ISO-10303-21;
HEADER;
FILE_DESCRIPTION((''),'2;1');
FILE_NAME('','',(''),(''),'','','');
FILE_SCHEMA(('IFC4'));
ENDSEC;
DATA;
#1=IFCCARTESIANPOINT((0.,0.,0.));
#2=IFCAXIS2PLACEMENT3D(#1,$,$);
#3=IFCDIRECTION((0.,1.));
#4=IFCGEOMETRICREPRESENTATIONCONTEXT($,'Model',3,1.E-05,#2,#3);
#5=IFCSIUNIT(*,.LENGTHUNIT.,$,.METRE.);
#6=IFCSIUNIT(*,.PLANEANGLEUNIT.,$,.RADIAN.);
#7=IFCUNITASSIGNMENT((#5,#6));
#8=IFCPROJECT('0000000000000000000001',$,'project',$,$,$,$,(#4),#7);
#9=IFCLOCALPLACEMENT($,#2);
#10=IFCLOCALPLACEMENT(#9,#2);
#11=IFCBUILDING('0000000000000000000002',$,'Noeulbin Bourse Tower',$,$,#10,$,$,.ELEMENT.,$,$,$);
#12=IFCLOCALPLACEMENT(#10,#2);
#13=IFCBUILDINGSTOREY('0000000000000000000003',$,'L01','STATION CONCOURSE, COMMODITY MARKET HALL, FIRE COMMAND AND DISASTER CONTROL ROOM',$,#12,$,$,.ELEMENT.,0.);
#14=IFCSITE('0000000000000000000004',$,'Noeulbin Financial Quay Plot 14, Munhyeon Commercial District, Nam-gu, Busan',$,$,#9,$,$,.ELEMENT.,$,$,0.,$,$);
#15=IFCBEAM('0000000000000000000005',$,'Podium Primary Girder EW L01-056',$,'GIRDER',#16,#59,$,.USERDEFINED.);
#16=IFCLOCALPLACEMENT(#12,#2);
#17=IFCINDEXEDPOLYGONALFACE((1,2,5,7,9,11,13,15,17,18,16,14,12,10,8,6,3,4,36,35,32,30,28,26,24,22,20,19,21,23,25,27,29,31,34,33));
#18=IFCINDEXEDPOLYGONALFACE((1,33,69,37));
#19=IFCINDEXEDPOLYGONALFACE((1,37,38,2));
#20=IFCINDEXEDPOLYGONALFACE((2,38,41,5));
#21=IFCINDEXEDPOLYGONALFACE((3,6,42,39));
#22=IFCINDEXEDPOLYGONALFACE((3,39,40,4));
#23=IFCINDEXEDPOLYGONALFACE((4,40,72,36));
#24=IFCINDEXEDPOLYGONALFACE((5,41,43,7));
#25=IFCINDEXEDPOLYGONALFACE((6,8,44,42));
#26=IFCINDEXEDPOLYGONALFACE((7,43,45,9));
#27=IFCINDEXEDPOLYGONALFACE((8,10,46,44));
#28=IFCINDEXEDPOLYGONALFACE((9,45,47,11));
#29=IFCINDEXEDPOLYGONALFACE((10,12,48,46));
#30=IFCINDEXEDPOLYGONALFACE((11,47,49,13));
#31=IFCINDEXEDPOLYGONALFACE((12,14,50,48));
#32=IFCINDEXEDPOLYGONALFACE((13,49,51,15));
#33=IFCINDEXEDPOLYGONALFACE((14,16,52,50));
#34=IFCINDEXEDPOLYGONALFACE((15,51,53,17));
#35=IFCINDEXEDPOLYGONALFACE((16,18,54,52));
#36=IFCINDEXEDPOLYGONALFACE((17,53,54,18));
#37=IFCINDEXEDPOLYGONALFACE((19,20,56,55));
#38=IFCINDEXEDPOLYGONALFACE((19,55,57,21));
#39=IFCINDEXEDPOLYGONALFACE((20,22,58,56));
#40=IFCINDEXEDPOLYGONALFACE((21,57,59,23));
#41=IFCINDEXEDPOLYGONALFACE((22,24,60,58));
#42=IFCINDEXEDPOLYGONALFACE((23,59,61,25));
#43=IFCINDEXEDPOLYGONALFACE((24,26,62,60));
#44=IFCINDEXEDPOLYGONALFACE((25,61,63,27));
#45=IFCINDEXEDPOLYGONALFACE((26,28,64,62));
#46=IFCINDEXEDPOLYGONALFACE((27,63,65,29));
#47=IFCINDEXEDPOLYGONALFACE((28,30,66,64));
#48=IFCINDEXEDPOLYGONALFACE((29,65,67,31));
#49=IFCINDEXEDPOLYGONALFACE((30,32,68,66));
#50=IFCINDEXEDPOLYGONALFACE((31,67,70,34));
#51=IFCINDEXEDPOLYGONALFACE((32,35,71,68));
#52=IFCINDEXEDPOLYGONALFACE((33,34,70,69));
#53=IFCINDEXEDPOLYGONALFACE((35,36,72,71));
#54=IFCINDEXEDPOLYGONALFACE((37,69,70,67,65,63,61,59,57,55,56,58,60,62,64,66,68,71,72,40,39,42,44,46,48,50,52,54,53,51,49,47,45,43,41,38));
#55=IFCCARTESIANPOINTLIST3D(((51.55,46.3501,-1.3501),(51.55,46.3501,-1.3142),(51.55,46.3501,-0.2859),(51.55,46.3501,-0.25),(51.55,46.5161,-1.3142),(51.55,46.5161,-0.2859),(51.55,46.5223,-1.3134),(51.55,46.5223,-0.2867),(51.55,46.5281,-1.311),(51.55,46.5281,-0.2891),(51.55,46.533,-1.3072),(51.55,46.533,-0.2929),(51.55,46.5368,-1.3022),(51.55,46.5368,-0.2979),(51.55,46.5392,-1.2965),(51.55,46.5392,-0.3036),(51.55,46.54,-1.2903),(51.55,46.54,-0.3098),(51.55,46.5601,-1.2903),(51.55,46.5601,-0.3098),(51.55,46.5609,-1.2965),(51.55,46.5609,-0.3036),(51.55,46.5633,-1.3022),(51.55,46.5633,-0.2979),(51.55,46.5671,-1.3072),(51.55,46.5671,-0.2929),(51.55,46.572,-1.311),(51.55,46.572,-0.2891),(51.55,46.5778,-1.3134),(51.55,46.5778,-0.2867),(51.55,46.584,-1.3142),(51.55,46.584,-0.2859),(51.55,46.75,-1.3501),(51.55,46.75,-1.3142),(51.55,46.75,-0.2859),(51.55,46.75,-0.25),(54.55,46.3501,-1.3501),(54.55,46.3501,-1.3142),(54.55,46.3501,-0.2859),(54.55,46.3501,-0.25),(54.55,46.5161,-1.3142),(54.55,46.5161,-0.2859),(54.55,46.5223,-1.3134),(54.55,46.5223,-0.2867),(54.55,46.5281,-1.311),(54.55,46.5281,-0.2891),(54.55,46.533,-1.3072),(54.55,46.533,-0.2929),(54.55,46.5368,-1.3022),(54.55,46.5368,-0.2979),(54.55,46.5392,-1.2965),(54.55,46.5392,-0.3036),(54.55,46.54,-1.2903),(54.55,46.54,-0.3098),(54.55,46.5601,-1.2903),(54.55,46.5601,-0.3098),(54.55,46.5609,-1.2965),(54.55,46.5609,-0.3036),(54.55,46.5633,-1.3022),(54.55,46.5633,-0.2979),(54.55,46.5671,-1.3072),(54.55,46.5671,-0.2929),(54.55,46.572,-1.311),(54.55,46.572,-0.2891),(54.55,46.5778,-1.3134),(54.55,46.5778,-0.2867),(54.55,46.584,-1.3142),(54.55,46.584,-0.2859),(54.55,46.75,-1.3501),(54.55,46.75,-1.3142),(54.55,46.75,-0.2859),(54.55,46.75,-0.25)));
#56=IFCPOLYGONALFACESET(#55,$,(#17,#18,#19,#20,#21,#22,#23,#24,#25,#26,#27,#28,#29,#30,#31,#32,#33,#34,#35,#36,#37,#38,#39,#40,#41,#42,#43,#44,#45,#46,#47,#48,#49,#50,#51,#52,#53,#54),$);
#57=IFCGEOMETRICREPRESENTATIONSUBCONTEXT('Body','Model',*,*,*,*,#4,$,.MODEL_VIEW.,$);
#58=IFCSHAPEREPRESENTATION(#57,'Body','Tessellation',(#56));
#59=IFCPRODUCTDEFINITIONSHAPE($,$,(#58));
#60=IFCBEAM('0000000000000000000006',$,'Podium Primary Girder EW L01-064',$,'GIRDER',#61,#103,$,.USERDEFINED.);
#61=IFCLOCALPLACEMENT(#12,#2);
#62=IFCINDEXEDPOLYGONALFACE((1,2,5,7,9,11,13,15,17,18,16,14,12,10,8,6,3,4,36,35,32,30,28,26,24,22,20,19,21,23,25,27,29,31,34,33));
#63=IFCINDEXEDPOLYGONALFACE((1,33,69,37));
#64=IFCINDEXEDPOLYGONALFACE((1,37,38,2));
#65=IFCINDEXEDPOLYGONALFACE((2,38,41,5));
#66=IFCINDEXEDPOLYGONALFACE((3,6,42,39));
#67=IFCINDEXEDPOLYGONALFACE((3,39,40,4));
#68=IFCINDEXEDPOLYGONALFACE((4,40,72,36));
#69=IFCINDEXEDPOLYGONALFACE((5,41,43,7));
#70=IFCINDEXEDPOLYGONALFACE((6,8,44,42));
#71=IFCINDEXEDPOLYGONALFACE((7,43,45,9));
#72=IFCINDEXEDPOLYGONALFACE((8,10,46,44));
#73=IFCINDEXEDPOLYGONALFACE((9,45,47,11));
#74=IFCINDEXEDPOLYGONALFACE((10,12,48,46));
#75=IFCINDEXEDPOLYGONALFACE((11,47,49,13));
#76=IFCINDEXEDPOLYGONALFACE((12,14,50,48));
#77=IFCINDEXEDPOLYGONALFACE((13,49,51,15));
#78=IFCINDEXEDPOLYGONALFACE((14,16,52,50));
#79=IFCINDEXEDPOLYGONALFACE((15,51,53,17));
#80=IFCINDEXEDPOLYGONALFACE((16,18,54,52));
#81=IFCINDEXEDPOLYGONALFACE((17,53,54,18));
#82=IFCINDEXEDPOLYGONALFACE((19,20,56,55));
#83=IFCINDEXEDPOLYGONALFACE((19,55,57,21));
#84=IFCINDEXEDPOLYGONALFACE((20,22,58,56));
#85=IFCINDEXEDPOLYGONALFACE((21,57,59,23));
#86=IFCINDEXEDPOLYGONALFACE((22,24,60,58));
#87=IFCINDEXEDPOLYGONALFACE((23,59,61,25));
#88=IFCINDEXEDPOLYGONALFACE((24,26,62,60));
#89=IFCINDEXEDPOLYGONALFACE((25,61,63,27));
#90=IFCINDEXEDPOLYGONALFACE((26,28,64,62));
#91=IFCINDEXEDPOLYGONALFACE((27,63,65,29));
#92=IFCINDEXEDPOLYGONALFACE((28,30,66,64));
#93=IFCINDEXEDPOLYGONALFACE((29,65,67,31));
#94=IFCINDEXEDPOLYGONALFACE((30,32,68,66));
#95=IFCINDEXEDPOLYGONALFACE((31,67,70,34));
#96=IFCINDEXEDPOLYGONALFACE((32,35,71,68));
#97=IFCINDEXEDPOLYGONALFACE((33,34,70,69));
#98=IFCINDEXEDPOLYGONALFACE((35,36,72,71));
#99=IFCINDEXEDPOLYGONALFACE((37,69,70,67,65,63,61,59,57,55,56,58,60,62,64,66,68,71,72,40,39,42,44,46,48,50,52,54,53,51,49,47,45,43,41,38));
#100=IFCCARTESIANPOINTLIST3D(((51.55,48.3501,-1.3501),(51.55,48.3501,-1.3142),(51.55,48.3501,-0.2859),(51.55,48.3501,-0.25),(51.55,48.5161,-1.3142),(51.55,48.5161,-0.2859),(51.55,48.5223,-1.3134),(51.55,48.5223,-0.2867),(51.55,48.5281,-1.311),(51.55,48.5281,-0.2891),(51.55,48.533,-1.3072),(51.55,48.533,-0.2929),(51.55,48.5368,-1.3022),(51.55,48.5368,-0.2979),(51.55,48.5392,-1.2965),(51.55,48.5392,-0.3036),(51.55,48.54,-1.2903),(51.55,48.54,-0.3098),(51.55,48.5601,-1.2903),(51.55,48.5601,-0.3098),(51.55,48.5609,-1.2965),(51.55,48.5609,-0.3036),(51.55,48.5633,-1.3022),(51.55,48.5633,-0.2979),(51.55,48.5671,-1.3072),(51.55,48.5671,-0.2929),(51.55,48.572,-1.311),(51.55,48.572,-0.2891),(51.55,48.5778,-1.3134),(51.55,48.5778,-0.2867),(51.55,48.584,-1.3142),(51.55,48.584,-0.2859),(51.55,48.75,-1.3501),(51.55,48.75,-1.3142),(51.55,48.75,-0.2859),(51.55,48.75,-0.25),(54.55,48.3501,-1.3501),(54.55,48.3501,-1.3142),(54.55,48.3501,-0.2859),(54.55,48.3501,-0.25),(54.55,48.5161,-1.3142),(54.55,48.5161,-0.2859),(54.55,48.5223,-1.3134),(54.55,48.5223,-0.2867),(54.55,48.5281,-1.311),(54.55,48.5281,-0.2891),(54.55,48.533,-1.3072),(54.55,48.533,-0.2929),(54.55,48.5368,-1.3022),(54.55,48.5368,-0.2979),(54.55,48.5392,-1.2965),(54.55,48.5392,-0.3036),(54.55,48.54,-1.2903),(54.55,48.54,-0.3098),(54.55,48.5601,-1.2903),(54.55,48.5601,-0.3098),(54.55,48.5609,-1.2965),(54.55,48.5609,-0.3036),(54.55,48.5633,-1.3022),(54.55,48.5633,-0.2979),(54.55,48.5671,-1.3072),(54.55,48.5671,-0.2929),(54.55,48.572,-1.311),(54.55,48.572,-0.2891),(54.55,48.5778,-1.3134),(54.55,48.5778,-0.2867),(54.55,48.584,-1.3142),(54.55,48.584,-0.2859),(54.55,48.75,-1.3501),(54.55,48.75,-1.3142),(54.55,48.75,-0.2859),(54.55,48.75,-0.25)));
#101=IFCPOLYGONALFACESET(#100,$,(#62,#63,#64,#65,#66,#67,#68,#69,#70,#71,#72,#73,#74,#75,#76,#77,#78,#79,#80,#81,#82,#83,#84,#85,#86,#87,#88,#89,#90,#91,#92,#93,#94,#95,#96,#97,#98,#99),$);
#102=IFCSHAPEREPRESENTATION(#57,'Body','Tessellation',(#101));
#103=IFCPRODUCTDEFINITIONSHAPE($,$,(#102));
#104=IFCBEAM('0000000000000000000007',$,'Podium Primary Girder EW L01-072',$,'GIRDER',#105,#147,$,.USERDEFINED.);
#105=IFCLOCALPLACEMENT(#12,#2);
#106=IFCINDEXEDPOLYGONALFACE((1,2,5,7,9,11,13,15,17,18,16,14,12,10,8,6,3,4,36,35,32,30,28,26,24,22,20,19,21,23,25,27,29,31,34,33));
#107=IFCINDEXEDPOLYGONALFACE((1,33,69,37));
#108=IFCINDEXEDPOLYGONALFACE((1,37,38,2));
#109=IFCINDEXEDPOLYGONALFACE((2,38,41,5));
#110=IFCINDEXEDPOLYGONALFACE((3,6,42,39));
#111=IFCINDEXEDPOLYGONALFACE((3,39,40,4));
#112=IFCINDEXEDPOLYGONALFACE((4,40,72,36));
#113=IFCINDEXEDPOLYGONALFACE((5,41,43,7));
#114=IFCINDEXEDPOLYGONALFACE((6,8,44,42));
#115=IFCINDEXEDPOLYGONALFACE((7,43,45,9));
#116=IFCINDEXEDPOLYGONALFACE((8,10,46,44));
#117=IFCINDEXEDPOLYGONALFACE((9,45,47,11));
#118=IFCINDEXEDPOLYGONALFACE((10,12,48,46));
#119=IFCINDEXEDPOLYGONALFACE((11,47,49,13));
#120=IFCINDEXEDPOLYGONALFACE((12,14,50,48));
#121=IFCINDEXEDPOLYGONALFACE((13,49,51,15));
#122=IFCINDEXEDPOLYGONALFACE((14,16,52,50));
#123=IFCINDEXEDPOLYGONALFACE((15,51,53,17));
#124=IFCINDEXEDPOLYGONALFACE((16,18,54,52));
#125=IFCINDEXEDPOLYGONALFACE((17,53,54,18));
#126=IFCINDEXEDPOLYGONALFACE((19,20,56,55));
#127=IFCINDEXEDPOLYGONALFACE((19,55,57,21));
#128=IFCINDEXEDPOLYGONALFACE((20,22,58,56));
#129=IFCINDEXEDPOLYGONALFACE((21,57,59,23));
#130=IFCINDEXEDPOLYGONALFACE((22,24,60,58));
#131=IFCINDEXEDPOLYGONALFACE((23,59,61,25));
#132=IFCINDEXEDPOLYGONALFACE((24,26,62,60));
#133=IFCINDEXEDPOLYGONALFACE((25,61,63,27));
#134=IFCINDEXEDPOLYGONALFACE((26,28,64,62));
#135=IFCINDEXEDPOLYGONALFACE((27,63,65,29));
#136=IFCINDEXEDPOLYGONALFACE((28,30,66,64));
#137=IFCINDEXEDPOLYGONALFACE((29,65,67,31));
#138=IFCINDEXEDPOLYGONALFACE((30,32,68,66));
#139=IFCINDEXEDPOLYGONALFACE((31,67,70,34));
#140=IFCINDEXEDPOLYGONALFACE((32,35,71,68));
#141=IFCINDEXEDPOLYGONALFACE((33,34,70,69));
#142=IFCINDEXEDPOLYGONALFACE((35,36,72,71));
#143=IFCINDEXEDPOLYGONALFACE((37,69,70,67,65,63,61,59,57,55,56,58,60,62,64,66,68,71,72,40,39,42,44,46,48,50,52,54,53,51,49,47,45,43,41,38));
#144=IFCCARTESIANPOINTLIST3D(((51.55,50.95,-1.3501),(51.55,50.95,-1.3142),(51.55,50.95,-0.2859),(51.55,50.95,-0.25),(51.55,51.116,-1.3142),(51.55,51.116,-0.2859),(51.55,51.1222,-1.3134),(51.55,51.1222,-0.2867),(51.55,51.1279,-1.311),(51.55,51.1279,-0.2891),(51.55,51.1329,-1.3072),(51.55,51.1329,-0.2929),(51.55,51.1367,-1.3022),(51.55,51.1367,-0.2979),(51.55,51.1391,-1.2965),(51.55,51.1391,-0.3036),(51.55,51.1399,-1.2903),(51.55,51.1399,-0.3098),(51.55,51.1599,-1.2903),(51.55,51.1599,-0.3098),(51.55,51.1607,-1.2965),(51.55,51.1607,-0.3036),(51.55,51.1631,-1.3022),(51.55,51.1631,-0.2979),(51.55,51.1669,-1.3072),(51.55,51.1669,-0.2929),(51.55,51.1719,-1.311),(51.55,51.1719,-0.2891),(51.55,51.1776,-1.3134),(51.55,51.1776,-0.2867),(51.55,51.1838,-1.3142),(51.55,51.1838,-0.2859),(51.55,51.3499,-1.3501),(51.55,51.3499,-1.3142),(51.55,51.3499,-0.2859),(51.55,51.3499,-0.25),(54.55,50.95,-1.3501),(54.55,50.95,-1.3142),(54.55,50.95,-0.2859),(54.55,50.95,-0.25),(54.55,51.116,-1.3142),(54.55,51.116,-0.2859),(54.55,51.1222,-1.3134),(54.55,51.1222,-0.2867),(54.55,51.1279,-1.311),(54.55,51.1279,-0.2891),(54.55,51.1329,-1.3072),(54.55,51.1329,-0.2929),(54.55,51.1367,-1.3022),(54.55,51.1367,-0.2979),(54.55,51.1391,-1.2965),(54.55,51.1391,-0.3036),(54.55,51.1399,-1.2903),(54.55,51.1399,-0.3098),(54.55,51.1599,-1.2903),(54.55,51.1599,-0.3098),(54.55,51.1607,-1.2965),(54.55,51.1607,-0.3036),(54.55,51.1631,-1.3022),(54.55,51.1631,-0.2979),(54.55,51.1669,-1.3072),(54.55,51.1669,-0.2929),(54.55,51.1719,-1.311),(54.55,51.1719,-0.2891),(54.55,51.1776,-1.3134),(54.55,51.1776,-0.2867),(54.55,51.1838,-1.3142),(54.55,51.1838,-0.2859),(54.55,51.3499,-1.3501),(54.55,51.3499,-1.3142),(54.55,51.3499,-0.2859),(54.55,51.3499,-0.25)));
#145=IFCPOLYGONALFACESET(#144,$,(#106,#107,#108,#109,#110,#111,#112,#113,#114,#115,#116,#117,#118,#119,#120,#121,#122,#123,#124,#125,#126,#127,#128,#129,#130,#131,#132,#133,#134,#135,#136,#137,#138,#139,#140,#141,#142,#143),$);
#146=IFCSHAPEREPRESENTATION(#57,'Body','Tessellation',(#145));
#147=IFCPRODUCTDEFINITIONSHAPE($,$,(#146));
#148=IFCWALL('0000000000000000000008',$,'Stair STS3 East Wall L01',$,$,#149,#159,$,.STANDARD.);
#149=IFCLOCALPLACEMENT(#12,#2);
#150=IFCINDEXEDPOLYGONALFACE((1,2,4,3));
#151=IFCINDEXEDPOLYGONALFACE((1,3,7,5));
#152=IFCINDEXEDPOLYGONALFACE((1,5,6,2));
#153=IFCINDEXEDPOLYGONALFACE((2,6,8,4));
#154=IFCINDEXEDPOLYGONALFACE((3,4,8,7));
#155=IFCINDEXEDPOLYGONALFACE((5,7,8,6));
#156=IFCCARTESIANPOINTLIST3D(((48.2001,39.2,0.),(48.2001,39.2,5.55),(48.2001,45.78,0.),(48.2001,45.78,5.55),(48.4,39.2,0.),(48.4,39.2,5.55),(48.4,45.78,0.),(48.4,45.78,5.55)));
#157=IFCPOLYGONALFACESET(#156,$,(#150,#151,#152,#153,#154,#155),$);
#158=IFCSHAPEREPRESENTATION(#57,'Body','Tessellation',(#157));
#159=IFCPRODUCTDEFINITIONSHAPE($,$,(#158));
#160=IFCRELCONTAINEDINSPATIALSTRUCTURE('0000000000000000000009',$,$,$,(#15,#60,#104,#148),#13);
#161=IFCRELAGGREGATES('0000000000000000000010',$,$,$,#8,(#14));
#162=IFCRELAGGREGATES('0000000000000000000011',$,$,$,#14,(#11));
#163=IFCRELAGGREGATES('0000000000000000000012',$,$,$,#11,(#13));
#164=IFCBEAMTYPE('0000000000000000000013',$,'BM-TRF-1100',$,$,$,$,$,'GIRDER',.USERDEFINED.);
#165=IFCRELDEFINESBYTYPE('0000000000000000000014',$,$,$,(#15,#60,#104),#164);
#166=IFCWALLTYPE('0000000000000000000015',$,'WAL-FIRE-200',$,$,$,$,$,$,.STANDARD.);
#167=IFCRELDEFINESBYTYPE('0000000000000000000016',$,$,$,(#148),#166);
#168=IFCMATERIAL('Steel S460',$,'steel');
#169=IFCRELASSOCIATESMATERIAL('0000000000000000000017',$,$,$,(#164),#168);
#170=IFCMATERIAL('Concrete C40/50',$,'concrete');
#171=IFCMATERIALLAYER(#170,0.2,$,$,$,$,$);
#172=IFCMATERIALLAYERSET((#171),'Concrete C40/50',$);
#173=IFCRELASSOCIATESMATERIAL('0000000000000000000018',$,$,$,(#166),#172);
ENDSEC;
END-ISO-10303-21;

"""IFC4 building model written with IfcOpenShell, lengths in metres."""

from ifc_helpers import new_model, si_unit, direction, frame, frame_2d, origin, origin_2d, place, context, subcontext, project, spatial, rectangle, i_section, extrude, material, layer, layer_set, material_profile, profile_set, type_object, element, save


model = new_model("IFC4")

# Units and contexts
model_context = context("Model", 3, precision=1e-05, world=origin(), true_north=direction((0.0, 1.0)))
body_context = subcontext(model_context, "Body", "Model", "MODEL_VIEW")
ifc_project = project(units=[si_unit("LENGTHUNIT", "METRE"), si_unit("PLANEANGLEUNIT", "RADIAN")], contexts=[model_context])

# Site, building, storey
site_placement = place(None, origin())
site = spatial("IfcSite", under=ifc_project, at=site_placement, Name="Noeulbin Financial Quay Plot 14, Munhyeon Commercial District, Nam-gu, Busan", CompositionType="ELEMENT", RefElevation=0.0)
building_placement = place(site_placement, origin())
building = spatial("IfcBuilding", under=site, at=building_placement, Name="Noeulbin Bourse Tower", CompositionType="ELEMENT")
storey_placement = place(building_placement, origin())
storey = spatial("IfcBuildingStorey", under=building, at=storey_placement, Name="L01", Description="STATION CONCOURSE, COMMODITY MARKET HALL, FIRE COMMAND AND DISASTER CONTROL ROOM", CompositionType="ELEMENT", Elevation=0.0)

# Beams
ifc_material_1 = material(Name="Steel S460", Category="steel")
ifc_material_profile_1 = material_profile(ifc_material_1, i_section(OverallWidth=0.3999, OverallDepth=1.1001, WebThickness=0.02, FlangeThickness=0.0359, FilletRadius=0.0239, at=origin_2d()), Name="PG-1100x400x20x36", Category="LoadBearing")
ifc_profile_set_1 = profile_set([ifc_material_profile_1], Name="Steel S460")
beam_type_1 = type_object("IfcBeamType", Name="BM-TRF-1100", ElementType="GIRDER", PredefinedType="USERDEFINED", material=ifc_profile_set_1)
for number, where, z_axis, x_axis, name in (
    (1, (51.55, 46.55, -0.8), (1.0, 0.0, 0.0), (0.0, 1.0, 0.0), "Podium Primary Girder EW L01-056"),
    (2, (51.55, 48.55, -0.8), (1.0, 0.0, 0.0), (0.0, 1.0, 0.0), "Podium Primary Girder EW L01-064"),
    (3, (51.55, 51.1499, -0.8), (1.0, 0.0, 0.0), (0.0, 1.0, 0.0), "Podium Primary Girder EW L01-072"),
):
    element("IfcBeam", number, at=place(storey_placement, frame(where, z_axis=z_axis, x_axis=x_axis)), inside=storey, type_object=beam_type_1, Name=name, ObjectType="GIRDER", PredefinedType="USERDEFINED", context=body_context, shape_type="SweptSolid", body=[
        extrude(i_section(OverallWidth=0.3999, OverallDepth=1.1001, WebThickness=0.02, FlangeThickness=0.0359, FilletRadius=0.0239, at=origin_2d()), origin(), (0.0, 0.0, 1.0), 3.0),
    ])

# Wall
ifc_material_2 = material(Name="Concrete C40/50", Category="concrete")
ifc_layer = layer(ifc_material_2, 0.2)
ifc_layer_set = layer_set([ifc_layer], Name="Concrete C40/50")
wall_type = type_object("IfcWallType", Name="WAL-FIRE-200", PredefinedType="STANDARD", material=ifc_layer_set)
wall_placement = place(storey_placement, frame((48.3, 39.2, 0.0), z_axis=(0.0, 0.0, 1.0), x_axis=(0.0, 1.0, 0.0)))
element("IfcWall", 4, at=wall_placement, inside=storey, type_object=wall_type, Name="Stair STS3 East Wall L01", PredefinedType="STANDARD", context=body_context, shape_type="SweptSolid", body=[
    extrude(rectangle(XDim=6.5801, YDim=0.2, at=frame_2d((3.29, 0.0))), origin(), (0.0, 0.0, 1.0), 5.55),
])

save(model, "model.ifc")
